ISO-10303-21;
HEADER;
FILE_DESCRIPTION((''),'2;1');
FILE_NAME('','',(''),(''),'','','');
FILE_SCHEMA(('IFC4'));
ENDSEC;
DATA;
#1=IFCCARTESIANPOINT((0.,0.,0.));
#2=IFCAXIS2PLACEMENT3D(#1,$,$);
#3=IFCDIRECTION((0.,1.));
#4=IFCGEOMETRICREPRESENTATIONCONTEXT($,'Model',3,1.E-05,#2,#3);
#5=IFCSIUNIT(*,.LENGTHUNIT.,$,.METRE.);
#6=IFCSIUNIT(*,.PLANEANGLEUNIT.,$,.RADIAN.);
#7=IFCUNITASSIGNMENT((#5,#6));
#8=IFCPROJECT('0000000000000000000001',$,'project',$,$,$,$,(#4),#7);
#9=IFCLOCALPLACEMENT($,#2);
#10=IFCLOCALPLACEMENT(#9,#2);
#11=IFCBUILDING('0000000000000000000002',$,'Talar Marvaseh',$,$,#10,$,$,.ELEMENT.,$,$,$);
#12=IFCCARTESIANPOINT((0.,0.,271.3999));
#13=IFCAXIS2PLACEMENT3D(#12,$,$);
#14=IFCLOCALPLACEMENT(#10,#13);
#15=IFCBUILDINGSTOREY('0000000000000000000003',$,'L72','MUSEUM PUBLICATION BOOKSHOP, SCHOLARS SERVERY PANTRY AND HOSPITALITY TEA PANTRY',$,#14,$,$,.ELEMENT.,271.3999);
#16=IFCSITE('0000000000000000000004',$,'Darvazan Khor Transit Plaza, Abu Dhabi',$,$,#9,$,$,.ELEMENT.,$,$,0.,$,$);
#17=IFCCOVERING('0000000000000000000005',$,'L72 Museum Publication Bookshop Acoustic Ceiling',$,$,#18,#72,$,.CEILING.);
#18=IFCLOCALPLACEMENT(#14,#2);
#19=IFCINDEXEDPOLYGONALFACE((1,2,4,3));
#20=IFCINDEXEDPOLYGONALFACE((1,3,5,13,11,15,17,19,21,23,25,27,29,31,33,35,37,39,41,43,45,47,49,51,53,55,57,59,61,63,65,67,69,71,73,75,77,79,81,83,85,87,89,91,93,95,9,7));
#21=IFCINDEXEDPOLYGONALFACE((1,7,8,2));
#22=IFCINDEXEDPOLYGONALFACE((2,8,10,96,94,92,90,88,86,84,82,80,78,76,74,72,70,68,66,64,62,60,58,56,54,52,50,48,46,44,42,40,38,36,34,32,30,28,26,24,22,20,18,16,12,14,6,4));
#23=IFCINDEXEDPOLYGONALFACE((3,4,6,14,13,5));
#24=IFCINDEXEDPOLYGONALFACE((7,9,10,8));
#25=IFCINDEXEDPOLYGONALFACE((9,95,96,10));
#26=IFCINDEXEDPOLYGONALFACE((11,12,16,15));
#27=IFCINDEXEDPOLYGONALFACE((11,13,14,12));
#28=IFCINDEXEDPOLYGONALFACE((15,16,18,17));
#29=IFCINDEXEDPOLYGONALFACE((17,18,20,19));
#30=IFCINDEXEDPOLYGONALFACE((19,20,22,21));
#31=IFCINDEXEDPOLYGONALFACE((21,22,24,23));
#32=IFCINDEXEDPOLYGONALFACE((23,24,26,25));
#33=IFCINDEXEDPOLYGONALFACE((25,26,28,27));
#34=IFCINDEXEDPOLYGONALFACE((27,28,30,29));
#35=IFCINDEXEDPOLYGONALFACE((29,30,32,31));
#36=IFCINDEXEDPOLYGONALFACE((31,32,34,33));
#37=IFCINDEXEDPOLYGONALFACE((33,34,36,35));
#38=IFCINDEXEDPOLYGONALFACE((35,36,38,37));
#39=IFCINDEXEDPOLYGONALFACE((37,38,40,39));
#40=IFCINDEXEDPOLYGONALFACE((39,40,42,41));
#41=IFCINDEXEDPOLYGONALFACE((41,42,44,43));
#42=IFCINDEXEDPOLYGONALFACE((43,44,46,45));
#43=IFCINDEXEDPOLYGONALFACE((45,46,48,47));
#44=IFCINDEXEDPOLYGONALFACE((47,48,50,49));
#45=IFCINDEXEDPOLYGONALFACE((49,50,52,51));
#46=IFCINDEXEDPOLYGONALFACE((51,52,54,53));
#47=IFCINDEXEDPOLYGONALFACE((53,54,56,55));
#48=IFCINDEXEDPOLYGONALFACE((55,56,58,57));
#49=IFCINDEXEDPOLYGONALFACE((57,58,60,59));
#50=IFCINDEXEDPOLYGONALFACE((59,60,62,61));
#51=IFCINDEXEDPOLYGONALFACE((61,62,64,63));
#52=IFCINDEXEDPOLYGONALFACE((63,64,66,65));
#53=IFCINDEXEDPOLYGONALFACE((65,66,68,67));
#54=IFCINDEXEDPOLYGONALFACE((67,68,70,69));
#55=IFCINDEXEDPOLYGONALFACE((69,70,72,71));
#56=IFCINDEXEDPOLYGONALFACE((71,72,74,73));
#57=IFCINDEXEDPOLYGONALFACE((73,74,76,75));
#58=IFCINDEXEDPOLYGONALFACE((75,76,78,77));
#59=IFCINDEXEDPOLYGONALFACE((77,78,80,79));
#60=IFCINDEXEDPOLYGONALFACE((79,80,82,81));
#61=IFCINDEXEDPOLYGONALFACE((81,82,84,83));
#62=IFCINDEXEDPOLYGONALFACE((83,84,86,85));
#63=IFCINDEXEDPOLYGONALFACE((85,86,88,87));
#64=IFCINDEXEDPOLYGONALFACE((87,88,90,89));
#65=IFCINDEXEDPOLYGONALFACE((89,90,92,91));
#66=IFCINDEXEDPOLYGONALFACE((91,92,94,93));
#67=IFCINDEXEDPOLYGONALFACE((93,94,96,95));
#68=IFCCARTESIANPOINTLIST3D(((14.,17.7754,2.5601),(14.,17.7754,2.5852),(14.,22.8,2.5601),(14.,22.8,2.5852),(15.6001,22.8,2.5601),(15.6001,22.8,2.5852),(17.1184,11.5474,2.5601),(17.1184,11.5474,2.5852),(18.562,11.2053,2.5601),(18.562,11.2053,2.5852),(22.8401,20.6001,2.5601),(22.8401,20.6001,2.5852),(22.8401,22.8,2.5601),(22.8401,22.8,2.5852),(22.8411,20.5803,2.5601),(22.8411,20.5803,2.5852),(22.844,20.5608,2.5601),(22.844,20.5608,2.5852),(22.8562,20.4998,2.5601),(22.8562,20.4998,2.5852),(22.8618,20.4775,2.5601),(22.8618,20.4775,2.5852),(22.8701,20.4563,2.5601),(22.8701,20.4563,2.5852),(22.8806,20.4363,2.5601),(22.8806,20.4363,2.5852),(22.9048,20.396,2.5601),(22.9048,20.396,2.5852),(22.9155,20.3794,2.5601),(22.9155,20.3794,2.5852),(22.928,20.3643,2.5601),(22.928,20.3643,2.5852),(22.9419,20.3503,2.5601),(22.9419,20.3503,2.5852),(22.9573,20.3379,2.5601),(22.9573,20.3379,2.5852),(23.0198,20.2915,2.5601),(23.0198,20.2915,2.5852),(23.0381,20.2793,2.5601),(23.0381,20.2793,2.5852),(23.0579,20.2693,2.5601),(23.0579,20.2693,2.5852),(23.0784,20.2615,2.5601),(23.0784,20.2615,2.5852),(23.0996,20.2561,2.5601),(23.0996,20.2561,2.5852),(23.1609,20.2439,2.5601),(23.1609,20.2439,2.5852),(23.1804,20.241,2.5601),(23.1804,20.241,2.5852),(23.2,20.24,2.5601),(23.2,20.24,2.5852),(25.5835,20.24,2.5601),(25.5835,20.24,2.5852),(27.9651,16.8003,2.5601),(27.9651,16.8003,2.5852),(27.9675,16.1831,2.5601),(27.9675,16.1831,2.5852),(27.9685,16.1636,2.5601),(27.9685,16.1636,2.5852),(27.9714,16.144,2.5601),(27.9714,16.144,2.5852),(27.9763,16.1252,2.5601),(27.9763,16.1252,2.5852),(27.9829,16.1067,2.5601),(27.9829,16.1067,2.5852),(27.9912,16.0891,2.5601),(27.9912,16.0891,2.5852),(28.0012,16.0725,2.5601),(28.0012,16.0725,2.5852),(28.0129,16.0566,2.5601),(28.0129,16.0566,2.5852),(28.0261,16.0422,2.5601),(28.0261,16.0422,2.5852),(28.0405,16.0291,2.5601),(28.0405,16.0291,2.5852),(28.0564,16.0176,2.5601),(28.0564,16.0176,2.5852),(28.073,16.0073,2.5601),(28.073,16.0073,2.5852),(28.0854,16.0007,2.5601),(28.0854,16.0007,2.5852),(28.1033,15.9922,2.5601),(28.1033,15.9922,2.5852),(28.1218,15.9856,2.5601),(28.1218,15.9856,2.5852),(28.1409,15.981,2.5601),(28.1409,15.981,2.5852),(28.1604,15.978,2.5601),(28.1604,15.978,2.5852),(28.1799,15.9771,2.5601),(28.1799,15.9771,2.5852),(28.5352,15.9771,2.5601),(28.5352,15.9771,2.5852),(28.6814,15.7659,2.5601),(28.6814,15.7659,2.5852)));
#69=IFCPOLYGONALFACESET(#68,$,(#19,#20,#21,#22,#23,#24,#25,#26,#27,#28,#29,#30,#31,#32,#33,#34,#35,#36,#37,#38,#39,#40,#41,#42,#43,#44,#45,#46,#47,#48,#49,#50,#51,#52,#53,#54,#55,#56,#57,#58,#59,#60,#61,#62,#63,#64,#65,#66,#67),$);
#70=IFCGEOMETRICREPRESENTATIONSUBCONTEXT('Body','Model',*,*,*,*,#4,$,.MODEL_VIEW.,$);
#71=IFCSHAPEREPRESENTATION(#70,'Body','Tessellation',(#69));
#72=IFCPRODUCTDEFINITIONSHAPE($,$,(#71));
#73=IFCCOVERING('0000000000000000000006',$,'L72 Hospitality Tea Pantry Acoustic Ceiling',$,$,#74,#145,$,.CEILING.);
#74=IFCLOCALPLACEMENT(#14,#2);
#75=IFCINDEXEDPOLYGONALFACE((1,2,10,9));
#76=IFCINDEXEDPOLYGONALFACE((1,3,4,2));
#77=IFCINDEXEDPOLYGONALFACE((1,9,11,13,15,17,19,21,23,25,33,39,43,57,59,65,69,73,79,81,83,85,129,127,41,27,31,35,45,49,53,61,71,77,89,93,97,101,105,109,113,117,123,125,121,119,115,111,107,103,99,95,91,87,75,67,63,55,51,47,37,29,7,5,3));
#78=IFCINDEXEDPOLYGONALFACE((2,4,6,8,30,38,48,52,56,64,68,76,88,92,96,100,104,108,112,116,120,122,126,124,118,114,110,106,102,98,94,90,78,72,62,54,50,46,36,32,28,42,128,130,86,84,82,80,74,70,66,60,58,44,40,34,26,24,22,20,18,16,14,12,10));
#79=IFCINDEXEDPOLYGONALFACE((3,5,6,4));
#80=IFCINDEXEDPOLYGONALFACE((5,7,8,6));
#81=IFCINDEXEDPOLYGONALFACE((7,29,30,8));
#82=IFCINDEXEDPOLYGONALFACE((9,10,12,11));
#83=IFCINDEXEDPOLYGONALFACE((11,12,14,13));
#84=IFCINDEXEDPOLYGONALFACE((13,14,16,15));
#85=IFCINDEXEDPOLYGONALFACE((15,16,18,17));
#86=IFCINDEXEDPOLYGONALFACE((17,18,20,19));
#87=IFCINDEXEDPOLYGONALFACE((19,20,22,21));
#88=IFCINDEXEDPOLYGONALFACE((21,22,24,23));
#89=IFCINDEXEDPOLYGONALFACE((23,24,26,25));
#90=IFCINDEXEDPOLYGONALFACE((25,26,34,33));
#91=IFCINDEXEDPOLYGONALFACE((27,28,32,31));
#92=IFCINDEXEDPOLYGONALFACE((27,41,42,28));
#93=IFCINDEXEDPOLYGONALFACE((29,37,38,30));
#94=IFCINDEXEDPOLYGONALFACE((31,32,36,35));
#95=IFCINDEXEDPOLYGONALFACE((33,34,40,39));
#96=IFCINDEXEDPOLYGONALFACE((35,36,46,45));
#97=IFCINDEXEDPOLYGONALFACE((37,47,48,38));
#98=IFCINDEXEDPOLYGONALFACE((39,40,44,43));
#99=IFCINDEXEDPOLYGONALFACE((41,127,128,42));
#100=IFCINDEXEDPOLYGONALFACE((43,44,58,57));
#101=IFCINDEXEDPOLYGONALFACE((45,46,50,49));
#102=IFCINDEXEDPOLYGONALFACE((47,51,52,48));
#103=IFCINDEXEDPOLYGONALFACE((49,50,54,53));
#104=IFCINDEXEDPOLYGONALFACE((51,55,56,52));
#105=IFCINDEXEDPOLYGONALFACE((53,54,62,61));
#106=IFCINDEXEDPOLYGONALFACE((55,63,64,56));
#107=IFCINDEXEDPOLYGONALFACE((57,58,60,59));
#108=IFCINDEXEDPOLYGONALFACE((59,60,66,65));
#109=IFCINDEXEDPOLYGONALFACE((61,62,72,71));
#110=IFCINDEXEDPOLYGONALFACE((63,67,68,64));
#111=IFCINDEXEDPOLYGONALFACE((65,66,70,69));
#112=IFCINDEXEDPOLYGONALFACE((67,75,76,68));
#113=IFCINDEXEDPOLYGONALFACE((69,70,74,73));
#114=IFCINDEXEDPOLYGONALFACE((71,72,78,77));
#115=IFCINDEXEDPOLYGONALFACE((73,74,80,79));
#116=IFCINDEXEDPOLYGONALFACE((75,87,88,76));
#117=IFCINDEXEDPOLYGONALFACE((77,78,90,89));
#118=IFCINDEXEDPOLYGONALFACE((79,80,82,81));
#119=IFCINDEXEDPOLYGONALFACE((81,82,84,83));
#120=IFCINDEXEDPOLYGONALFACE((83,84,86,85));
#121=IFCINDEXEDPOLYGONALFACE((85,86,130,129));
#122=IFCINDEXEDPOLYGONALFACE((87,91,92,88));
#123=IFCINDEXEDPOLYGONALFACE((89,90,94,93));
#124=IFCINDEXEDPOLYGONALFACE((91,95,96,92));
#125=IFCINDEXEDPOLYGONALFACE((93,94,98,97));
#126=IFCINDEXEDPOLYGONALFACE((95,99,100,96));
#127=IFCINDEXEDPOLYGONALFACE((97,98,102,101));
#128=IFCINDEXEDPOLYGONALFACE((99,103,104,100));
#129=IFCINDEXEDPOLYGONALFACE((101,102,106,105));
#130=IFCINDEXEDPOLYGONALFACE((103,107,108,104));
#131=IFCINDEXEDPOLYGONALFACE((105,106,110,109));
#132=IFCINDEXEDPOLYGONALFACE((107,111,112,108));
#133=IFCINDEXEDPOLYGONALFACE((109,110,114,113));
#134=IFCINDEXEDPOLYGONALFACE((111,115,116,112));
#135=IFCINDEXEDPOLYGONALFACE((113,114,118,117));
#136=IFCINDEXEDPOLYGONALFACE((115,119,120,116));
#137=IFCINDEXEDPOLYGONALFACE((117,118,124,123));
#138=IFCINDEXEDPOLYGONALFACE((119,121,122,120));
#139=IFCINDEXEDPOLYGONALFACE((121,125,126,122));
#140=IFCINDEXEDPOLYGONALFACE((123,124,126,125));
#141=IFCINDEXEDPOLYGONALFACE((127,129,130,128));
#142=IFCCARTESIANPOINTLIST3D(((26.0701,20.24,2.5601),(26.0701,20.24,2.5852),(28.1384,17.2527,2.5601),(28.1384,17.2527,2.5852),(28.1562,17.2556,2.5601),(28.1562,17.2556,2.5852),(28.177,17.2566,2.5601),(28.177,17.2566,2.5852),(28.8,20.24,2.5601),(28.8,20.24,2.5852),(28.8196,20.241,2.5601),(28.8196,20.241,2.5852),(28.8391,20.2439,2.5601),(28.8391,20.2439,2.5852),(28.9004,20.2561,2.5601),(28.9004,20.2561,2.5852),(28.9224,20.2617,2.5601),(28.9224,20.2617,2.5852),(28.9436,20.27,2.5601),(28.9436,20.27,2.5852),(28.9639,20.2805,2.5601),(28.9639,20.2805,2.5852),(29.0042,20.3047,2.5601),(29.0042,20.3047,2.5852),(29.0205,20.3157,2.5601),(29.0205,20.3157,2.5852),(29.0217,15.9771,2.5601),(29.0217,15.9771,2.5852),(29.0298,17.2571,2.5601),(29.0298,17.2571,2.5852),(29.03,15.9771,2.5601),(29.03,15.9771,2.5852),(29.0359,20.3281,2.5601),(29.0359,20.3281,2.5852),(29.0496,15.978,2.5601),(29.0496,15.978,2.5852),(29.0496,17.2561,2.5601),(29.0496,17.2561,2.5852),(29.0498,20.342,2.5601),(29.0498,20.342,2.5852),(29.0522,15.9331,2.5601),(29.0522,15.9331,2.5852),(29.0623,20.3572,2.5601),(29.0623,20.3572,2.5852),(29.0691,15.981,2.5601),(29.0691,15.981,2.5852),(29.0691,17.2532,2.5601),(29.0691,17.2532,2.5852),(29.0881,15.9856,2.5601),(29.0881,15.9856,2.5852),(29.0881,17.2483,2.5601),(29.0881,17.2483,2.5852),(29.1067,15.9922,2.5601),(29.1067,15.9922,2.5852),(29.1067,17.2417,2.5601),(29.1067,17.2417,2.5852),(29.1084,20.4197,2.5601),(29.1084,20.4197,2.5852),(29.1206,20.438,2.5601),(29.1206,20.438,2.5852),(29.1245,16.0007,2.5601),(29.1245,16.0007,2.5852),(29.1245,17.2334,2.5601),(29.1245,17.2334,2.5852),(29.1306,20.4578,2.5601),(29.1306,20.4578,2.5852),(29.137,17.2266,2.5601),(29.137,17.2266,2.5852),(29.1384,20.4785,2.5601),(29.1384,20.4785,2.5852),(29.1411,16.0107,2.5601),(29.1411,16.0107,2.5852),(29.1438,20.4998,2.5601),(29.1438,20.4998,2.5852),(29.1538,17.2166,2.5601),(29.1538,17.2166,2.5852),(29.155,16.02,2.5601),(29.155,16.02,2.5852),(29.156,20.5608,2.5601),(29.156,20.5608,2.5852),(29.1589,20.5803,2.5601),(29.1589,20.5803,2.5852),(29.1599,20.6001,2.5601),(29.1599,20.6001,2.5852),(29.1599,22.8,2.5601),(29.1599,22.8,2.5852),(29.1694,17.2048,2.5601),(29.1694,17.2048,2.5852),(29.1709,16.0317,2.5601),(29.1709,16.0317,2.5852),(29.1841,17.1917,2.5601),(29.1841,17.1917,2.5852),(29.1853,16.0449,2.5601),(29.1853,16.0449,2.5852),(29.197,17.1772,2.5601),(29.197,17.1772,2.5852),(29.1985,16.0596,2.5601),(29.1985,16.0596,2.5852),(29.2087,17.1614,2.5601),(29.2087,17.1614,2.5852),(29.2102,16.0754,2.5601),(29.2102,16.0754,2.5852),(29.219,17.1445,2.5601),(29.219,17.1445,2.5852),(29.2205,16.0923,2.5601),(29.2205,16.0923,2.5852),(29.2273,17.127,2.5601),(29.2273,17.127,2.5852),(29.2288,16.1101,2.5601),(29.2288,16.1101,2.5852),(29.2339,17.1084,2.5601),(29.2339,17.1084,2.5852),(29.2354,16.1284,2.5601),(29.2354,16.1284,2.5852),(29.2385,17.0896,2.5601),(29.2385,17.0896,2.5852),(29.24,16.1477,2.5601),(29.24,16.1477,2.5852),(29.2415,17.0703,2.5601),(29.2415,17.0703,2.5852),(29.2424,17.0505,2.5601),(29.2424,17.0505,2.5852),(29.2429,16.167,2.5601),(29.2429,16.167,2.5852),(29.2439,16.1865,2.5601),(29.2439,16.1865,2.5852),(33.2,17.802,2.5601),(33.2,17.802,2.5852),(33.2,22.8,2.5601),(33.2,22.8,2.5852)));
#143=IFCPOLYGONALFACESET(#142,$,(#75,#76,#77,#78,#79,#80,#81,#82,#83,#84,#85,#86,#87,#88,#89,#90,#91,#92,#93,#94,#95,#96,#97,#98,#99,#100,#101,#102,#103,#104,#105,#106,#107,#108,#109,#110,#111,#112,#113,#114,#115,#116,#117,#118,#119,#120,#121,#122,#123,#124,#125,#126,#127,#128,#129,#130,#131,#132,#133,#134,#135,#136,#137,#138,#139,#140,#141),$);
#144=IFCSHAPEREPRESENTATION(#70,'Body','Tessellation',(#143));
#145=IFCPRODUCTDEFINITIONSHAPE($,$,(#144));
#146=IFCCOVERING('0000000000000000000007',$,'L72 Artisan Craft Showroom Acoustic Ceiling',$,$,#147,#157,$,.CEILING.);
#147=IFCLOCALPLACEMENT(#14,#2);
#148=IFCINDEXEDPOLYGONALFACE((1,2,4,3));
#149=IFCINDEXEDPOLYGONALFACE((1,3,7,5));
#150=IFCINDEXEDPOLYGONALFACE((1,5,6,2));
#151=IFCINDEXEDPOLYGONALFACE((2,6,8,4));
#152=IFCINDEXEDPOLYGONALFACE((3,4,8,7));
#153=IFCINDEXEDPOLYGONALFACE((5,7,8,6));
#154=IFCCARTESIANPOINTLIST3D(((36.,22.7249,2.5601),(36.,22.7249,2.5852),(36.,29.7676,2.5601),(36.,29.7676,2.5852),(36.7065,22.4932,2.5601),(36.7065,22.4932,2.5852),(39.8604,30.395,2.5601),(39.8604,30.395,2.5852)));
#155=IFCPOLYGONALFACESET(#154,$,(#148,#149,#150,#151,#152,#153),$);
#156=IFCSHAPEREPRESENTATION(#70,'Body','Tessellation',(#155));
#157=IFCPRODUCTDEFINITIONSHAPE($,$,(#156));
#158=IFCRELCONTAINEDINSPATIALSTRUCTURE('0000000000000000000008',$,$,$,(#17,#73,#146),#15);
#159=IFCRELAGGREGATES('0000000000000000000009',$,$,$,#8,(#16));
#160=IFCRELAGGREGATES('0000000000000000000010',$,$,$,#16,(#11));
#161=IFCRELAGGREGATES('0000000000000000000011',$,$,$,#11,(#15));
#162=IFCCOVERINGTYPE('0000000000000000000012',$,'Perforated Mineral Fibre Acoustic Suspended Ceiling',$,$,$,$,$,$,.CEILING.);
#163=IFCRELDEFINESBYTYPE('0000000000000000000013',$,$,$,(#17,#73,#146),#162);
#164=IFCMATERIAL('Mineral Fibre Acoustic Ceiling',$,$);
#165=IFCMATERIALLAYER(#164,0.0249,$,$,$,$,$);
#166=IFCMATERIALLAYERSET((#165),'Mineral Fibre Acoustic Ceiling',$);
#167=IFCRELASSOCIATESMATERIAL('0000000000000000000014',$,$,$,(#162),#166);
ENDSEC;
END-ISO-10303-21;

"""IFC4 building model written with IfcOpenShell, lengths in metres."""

from ifc_helpers import new_model, si_unit, direction, frame, origin, place, context, subcontext, project, spatial, polyline, outline, extrude, material, layer, layer_set, type_object, element, save


model = new_model("IFC4")

# Units and contexts
model_context = context("Model", 3, precision=1e-05, world=origin(), true_north=direction((0.0, 1.0)))
body_context = subcontext(model_context, "Body", "Model", "MODEL_VIEW")
ifc_project = project(units=[si_unit("LENGTHUNIT", "METRE"), si_unit("PLANEANGLEUNIT", "RADIAN")], contexts=[model_context])

# Site, building, storey
site_placement = place(None, origin())
site = spatial("IfcSite", under=ifc_project, at=site_placement, Name="Darvazan Khor Transit Plaza, Abu Dhabi", CompositionType="ELEMENT", RefElevation=0.0)
building_placement = place(site_placement, origin())
building = spatial("IfcBuilding", under=site, at=building_placement, Name="Talar Marvaseh", CompositionType="ELEMENT")
storey_placement = place(building_placement, frame((0.0, 0.0, 271.3999)))
storey = spatial("IfcBuildingStorey", under=building, at=storey_placement, Name="L72", Description="MUSEUM PUBLICATION BOOKSHOP, SCHOLARS SERVERY PANTRY AND HOSPITALITY TEA PANTRY", CompositionType="ELEMENT", Elevation=271.3999)

# Coverings
ifc_material_1 = material(Name="Mineral Fibre Acoustic Ceiling")
ifc_layer_1 = layer(ifc_material_1, 0.0249)
ifc_layer_set_1 = layer_set([ifc_layer_1], Name="Mineral Fibre Acoustic Ceiling")
covering_type_1 = type_object("IfcCoveringType", Name="Perforated Mineral Fibre Acoustic Suspended Ceiling", PredefinedType="CEILING", material=ifc_layer_set_1)
covering_1_placement = place(storey_placement, frame((0.0, 0.0, 2.5601)))
element("IfcCovering", 1, at=covering_1_placement, inside=storey, type_object=covering_type_1, Name="L72 Museum Publication Bookshop Acoustic Ceiling", PredefinedType="CEILING", context=body_context, shape_type="SweptSolid", body=[
    extrude(outline(polyline([(22.8401, 20.6001), (22.8411, 20.5803), (22.844, 20.5608), (22.8562, 20.4998), (22.8618, 20.4775), (22.8701, 20.4563), (22.8806, 20.4363), (22.9048, 20.396), (22.9155, 20.3794), (22.928, 20.3643), (22.9419, 20.3503), (22.9573, 20.3379), (23.0198, 20.2915), (23.0381, 20.2793), (23.0579, 20.2693), (23.0784, 20.2615), (23.0996, 20.2561), (23.1609, 20.2439), (23.1804, 20.241), (23.2, 20.24), (25.5835, 20.24), (27.9651, 16.8003), (27.9675, 16.1831), (27.9685, 16.1636), (27.9714, 16.144), (27.9763, 16.1252), (27.9829, 16.1067), (27.9912, 16.0891), (28.0012, 16.0725), (28.0129, 16.0566), (28.0261, 16.0422), (28.0405, 16.0291), (28.0564, 16.0176), (28.073, 16.0073), (28.0854, 16.0007), (28.1033, 15.9922), (28.1218, 15.9856), (28.1409, 15.981), (28.1604, 15.978), (28.1799, 15.9771), (28.5352, 15.9771), (28.6814, 15.7659), (18.562, 11.2053), (17.1184, 11.5474), (14.0, 17.7754), (14.0, 22.8), (15.6001, 22.8), (22.8401, 22.8), (22.8401, 20.6001)])), origin(), (0.0, 0.0, 1.0), 0.0251),
])
covering_2_placement = place(storey_placement, frame((0.0, 0.0, 2.5601)))
element("IfcCovering", 2, at=covering_2_placement, inside=storey, type_object=covering_type_1, Name="L72 Hospitality Tea Pantry Acoustic Ceiling", PredefinedType="CEILING", context=body_context, shape_type="SweptSolid", body=[
    extrude(outline(polyline([(28.8, 20.24), (28.8196, 20.241), (28.8391, 20.2439), (28.9004, 20.2561), (28.9224, 20.2617), (28.9436, 20.27), (28.9639, 20.2805), (29.0042, 20.3047), (29.0205, 20.3157), (29.0359, 20.3281), (29.0498, 20.342), (29.0623, 20.3572), (29.1084, 20.4197), (29.1206, 20.438), (29.1306, 20.4578), (29.1384, 20.4785), (29.1438, 20.4998), (29.156, 20.5608), (29.1589, 20.5803), (29.1599, 20.6001), (29.1599, 22.8), (33.2, 22.8), (33.2, 17.802), (29.0522, 15.9331), (29.0217, 15.9771), (29.03, 15.9771), (29.0496, 15.978), (29.0691, 15.981), (29.0881, 15.9856), (29.1067, 15.9922), (29.1245, 16.0007), (29.1411, 16.0107), (29.155, 16.02), (29.1709, 16.0317), (29.1853, 16.0449), (29.1985, 16.0596), (29.2102, 16.0754), (29.2205, 16.0923), (29.2288, 16.1101), (29.2354, 16.1284), (29.24, 16.1477), (29.2429, 16.167), (29.2439, 16.1865), (29.2424, 17.0505), (29.2415, 17.0703), (29.2385, 17.0896), (29.2339, 17.1084), (29.2273, 17.127), (29.219, 17.1445), (29.2087, 17.1614), (29.197, 17.1772), (29.1841, 17.1917), (29.1694, 17.2048), (29.1538, 17.2166), (29.137, 17.2266), (29.1245, 17.2334), (29.1067, 17.2417), (29.0881, 17.2483), (29.0691, 17.2532), (29.0496, 17.2561), (29.0298, 17.2571), (28.177, 17.2566), (28.1562, 17.2556), (28.1384, 17.2527), (26.0701, 20.24), (28.8, 20.24)])), origin(), (0.0, 0.0, 1.0), 0.0251),
])
covering_3_placement = place(storey_placement, frame((0.0, 0.0, 2.5601)))
element("IfcCovering", 3, at=covering_3_placement, inside=storey, type_object=covering_type_1, Name="L72 Artisan Craft Showroom Acoustic Ceiling", PredefinedType="CEILING", context=body_context, shape_type="SweptSolid", body=[
    extrude(outline(polyline([(36.7065, 22.4932), (36.0, 22.7249), (36.0, 29.7676), (39.8604, 30.395), (36.7065, 22.4932)])), origin(), (0.0, 0.0, 1.0), 0.0251),
])

save(model, "model.ifc")
